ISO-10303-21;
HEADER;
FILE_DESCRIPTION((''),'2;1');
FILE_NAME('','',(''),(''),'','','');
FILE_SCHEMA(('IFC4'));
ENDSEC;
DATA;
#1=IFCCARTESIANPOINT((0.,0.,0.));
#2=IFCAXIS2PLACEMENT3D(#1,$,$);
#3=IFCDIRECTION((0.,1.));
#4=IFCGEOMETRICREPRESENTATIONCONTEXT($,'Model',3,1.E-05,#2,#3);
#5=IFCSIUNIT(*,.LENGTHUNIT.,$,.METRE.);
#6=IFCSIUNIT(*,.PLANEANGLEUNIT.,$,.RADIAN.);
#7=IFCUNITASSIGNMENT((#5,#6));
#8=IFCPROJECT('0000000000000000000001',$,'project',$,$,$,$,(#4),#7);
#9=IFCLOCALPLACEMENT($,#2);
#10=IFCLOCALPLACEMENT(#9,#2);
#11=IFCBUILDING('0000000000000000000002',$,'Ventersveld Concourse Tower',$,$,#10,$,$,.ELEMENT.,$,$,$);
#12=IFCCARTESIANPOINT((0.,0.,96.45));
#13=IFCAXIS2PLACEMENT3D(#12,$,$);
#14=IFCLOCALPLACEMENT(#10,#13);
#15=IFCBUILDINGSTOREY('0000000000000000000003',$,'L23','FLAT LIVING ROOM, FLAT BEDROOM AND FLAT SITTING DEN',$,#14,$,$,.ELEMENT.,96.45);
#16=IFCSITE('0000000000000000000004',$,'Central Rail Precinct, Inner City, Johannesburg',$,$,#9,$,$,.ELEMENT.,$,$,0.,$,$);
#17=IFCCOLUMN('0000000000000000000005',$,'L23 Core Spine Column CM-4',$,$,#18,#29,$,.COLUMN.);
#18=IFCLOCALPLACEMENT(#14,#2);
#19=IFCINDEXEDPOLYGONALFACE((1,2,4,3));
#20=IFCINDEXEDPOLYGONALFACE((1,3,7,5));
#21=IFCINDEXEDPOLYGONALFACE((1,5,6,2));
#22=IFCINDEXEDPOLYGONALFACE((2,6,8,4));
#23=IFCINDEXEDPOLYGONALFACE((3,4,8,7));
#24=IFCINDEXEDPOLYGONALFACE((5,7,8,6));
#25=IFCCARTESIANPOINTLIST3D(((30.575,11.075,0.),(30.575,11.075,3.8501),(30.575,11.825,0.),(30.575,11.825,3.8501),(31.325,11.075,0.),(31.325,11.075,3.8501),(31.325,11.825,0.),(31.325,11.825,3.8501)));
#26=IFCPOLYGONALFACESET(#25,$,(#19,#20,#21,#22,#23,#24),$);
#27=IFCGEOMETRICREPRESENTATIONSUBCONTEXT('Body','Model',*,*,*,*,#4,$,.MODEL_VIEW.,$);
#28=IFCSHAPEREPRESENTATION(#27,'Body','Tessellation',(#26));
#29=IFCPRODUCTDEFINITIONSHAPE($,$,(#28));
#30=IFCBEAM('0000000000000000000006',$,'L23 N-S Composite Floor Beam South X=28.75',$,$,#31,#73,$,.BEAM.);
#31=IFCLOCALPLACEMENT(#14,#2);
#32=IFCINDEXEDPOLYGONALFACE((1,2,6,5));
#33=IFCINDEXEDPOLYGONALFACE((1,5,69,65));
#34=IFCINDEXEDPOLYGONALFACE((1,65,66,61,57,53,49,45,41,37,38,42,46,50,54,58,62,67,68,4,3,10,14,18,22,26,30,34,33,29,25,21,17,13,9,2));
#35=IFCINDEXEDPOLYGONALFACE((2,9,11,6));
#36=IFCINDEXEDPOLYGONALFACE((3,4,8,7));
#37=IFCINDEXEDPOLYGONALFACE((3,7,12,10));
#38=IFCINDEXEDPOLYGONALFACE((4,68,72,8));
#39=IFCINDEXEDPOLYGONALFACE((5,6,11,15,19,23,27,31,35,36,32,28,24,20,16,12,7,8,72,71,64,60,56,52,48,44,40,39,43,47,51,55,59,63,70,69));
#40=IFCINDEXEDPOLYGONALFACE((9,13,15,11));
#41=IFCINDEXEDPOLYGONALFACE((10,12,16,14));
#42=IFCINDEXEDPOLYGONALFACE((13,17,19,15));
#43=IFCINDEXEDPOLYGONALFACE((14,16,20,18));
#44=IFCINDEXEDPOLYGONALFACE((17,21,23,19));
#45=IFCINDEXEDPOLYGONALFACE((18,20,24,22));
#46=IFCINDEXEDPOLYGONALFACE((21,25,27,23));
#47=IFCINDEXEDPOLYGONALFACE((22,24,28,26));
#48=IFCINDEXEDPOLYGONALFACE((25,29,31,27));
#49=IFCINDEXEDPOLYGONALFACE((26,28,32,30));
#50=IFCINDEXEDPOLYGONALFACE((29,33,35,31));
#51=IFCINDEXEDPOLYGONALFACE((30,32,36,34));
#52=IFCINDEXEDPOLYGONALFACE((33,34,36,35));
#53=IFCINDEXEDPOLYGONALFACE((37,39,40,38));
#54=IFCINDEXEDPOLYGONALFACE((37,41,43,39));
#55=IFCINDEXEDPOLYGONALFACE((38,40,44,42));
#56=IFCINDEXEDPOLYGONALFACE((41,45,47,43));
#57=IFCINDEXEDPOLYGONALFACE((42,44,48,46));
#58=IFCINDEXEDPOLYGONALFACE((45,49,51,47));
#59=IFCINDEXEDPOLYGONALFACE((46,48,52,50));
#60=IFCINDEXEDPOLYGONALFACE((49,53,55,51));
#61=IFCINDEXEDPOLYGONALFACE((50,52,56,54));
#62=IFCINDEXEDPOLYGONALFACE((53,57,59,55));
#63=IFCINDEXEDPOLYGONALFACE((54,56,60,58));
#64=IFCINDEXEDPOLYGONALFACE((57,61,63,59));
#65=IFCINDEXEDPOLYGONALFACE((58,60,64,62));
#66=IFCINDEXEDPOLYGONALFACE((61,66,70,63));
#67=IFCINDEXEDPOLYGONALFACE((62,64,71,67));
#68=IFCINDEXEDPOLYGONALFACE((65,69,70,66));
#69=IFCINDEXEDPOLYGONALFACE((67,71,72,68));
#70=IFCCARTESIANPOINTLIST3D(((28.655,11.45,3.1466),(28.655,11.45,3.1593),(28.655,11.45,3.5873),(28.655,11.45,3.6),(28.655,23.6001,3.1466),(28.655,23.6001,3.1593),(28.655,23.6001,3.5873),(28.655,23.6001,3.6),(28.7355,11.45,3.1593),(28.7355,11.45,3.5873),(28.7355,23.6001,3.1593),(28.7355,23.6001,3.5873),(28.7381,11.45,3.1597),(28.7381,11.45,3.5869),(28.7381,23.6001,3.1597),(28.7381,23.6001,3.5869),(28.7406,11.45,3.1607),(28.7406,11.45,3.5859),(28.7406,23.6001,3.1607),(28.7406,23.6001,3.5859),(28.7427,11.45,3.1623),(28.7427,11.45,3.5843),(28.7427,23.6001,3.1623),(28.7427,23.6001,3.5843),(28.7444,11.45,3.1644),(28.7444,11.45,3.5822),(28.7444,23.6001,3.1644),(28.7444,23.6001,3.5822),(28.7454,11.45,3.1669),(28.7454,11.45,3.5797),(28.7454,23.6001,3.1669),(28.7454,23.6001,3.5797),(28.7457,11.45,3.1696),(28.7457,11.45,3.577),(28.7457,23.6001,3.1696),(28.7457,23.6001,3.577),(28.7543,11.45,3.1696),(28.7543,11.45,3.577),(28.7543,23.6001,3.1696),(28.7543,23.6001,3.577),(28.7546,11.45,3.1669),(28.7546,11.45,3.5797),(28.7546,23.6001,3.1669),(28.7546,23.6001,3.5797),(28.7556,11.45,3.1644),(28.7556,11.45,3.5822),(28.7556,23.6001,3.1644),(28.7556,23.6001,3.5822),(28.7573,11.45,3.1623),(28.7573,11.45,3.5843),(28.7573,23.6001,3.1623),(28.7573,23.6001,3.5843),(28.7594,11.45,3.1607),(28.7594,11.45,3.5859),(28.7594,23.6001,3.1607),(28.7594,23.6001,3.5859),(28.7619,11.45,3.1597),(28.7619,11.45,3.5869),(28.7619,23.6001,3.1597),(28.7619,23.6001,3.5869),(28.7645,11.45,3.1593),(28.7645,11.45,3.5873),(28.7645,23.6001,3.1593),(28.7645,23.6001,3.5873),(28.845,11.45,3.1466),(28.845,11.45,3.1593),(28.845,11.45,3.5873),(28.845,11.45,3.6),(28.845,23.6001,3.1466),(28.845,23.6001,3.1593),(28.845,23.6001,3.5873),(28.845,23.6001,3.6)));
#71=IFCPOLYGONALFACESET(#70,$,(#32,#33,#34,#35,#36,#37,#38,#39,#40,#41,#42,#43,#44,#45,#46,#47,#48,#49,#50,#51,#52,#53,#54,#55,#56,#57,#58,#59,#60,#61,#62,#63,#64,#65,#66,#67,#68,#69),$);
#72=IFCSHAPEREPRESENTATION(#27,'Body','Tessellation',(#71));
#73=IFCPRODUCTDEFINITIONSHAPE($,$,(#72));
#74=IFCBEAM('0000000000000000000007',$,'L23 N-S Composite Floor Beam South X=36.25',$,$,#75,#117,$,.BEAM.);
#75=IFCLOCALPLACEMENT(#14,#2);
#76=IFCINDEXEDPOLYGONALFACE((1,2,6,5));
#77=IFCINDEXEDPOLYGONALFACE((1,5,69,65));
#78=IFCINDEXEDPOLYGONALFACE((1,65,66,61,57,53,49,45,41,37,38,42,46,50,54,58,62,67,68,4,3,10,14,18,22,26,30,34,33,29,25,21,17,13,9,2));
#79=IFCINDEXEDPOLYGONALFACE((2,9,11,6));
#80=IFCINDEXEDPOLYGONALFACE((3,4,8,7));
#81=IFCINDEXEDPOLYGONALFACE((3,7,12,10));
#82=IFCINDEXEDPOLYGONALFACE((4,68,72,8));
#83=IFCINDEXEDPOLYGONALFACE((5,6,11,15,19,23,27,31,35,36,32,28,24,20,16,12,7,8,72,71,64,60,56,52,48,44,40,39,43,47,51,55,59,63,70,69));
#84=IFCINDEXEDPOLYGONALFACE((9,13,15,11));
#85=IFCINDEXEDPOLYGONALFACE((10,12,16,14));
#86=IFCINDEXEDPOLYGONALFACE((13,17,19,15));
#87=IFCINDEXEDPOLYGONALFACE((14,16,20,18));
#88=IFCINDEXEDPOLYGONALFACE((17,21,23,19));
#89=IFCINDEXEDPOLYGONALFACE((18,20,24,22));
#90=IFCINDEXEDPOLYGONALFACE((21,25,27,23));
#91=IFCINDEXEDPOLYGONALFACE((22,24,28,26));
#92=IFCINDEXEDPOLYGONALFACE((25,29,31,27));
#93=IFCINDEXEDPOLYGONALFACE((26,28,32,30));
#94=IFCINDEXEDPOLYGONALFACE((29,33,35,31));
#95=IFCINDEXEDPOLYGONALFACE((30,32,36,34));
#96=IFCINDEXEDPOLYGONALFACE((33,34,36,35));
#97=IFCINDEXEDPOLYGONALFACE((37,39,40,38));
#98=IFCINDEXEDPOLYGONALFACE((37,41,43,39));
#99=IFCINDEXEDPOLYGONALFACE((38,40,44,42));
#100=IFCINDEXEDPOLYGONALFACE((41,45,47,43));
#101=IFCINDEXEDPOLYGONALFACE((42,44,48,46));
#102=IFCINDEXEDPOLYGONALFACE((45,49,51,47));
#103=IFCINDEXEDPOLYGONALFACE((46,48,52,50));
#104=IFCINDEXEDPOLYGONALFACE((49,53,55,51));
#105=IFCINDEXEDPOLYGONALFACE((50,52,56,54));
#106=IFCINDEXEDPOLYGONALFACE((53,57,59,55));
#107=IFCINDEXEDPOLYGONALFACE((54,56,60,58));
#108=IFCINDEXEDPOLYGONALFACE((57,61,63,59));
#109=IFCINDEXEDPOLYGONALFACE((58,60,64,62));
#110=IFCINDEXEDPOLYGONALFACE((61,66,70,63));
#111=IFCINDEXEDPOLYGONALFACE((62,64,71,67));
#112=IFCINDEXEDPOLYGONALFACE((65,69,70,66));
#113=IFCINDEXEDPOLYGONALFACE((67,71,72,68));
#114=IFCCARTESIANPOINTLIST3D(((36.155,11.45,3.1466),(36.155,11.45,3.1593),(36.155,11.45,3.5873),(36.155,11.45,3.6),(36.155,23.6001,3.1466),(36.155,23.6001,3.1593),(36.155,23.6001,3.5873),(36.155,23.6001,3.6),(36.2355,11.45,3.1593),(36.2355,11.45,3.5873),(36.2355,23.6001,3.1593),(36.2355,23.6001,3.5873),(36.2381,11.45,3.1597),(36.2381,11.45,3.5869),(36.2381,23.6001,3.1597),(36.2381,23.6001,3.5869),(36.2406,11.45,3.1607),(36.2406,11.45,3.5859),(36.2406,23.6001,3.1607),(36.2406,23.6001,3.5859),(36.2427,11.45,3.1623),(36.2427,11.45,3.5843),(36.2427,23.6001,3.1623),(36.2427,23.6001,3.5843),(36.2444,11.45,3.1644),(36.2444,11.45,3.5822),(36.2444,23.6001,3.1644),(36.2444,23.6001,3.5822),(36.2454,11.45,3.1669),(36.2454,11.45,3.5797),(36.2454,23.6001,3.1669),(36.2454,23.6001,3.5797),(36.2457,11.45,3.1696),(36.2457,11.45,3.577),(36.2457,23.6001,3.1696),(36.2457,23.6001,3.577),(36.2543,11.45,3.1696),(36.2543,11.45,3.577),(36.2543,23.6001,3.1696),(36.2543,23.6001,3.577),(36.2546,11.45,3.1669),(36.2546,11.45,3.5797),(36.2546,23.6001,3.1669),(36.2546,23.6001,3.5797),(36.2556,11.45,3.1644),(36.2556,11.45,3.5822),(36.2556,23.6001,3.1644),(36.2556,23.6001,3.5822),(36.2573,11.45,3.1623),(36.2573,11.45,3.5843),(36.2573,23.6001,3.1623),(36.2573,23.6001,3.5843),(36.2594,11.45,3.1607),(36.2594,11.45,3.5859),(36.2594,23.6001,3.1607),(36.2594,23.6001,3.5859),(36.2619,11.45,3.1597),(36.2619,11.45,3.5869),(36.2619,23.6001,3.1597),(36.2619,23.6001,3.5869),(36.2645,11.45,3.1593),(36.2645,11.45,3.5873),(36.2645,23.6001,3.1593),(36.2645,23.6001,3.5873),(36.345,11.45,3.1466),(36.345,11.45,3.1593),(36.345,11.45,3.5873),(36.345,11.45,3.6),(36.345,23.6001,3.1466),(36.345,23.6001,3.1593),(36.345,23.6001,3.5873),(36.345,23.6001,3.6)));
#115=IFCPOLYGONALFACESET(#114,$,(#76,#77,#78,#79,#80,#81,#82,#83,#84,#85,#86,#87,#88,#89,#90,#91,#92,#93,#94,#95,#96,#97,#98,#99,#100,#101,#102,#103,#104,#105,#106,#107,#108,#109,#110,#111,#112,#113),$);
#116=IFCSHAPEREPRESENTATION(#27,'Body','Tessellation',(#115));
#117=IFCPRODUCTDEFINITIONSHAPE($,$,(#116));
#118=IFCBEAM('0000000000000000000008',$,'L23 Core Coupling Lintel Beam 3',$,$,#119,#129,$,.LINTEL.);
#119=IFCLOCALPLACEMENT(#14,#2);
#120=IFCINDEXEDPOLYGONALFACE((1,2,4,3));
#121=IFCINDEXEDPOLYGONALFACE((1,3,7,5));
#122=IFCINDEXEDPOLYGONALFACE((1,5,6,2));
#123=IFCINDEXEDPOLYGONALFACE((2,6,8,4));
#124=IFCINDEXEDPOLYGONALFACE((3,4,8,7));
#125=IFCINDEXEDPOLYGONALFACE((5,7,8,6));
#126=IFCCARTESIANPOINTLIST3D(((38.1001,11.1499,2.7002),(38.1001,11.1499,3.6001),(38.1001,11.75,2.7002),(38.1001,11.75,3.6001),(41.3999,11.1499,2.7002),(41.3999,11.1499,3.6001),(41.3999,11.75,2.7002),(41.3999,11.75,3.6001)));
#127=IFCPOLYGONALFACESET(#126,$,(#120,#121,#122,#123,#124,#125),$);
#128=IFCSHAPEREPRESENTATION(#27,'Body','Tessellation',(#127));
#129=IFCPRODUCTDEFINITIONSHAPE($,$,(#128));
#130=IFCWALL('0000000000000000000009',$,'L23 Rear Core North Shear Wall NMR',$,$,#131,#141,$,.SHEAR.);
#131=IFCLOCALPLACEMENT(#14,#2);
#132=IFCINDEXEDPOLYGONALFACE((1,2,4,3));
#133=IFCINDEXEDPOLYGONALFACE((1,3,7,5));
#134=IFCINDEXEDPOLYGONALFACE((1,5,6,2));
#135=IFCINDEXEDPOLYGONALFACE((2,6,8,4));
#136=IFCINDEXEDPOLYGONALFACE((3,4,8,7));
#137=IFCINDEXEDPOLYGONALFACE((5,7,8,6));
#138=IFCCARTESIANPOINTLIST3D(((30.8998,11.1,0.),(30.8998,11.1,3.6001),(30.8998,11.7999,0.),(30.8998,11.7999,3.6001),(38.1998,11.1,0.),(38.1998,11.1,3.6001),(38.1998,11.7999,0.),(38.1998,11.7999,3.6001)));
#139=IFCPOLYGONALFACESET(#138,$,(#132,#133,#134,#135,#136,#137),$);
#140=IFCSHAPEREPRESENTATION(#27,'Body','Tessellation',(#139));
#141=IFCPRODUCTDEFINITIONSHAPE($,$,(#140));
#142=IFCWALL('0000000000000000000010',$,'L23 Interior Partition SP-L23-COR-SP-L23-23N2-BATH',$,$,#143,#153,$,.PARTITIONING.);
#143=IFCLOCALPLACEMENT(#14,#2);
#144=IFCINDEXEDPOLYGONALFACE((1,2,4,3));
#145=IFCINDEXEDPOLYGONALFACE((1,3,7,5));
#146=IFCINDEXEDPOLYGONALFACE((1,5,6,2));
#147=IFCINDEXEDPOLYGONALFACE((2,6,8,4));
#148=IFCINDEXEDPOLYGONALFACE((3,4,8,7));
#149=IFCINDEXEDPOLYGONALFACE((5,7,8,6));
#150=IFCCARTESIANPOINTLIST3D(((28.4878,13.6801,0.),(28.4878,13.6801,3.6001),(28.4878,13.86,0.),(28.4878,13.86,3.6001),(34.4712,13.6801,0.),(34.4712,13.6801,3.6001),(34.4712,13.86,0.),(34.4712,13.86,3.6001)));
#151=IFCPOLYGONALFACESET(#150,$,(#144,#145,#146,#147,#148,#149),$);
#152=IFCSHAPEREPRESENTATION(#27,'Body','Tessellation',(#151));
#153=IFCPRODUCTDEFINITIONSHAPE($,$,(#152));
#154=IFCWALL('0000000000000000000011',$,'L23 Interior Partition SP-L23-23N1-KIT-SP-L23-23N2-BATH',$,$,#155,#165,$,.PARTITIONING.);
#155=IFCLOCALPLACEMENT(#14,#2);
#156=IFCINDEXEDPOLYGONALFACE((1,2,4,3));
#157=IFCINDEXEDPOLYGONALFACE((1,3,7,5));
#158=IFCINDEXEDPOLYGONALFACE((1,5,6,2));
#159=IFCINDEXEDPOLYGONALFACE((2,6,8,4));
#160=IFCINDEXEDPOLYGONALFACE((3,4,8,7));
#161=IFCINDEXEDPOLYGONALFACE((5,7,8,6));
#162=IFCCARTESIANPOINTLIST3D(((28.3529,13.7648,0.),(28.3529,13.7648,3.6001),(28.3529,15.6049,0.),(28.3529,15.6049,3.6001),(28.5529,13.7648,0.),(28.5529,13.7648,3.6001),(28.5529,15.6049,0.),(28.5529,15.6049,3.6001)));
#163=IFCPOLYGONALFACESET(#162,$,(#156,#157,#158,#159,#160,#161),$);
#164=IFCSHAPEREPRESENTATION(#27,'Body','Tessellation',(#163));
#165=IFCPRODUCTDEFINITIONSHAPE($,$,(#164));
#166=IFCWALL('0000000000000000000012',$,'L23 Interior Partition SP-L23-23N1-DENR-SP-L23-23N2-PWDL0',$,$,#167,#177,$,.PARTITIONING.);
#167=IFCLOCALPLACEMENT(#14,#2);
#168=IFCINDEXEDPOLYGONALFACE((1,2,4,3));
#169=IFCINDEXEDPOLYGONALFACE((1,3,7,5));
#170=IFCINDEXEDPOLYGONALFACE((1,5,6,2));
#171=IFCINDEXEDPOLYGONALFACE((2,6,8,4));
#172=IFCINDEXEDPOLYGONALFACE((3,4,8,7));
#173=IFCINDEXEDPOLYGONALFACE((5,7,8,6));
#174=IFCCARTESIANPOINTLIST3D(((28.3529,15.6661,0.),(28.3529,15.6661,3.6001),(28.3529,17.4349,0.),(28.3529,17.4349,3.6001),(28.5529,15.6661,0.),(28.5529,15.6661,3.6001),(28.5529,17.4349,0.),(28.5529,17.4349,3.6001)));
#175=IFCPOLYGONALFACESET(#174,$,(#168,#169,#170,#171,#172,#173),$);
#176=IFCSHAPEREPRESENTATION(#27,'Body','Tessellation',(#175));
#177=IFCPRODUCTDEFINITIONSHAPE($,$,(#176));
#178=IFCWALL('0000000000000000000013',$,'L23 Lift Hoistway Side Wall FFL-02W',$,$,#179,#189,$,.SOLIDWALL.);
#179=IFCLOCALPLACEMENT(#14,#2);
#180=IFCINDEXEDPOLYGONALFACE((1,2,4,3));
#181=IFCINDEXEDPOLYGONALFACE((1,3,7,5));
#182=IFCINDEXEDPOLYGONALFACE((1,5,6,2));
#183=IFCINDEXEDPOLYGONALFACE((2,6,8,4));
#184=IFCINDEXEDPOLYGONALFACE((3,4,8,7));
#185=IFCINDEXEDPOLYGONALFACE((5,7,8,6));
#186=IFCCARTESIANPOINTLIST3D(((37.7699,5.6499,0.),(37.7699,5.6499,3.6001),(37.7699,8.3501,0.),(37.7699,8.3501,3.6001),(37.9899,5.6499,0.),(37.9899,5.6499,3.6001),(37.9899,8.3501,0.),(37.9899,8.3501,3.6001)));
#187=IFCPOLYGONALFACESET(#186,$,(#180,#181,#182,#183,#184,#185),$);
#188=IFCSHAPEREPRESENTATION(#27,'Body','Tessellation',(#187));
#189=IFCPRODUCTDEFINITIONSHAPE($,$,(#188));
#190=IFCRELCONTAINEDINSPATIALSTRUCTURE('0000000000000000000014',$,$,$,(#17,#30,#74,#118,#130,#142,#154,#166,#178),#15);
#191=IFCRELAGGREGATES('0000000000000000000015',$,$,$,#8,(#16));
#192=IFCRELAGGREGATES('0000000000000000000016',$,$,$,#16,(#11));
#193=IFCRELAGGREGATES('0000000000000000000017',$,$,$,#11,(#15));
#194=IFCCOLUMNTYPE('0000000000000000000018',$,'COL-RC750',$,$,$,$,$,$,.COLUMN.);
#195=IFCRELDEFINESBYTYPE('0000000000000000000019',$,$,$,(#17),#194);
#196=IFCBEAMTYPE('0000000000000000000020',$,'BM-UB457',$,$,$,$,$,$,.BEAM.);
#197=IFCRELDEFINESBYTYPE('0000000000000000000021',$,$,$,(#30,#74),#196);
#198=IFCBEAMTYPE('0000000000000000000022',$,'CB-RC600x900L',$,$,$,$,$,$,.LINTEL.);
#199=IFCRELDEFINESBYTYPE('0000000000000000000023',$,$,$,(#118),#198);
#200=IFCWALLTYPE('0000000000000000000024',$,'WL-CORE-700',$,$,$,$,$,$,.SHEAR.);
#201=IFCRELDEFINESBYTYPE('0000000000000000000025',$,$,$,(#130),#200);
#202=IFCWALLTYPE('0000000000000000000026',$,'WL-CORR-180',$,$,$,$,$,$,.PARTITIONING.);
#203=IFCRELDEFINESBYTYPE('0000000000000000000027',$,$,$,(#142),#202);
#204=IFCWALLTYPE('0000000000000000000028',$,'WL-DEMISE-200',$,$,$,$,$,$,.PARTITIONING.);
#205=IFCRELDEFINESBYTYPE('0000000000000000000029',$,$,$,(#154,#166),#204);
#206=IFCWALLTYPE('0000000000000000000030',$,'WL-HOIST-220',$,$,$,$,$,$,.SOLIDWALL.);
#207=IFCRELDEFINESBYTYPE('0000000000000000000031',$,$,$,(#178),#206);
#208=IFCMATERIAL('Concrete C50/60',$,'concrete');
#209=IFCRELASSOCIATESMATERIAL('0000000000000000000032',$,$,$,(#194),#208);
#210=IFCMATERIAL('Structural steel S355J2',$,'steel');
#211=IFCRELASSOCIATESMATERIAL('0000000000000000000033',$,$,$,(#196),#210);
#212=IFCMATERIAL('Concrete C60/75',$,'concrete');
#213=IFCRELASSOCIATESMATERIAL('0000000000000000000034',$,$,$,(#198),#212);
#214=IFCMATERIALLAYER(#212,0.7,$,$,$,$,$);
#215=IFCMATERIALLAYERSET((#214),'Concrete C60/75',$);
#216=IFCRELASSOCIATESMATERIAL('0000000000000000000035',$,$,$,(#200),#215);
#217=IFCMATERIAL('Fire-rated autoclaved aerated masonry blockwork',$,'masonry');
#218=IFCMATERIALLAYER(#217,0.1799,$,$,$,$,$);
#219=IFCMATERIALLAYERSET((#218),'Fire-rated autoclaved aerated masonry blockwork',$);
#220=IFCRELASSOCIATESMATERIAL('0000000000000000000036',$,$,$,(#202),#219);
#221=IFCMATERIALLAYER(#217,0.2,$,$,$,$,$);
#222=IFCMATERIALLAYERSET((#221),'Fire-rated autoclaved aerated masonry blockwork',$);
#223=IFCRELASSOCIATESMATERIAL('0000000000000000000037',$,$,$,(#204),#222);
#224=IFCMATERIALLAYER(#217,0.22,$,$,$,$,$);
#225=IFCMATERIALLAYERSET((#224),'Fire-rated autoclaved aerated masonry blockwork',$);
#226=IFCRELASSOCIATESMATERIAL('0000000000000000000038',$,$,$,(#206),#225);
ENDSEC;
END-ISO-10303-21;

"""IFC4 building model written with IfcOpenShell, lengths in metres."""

from ifc_helpers import new_model, si_unit, direction, frame, frame_2d, origin, origin_2d, place, context, subcontext, project, spatial, rectangle, i_section, extrude, material, layer, layer_set, material_profile, profile_set, type_object, element, save


model = new_model("IFC4")

# Units and contexts
model_context = context("Model", 3, precision=1e-05, world=origin(), true_north=direction((0.0, 1.0)))
body_context = subcontext(model_context, "Body", "Model", "MODEL_VIEW")
ifc_project = project(units=[si_unit("LENGTHUNIT", "METRE"), si_unit("PLANEANGLEUNIT", "RADIAN")], contexts=[model_context])

# Site, building, storey
site_placement = place(None, origin())
site = spatial("IfcSite", under=ifc_project, at=site_placement, Name="Central Rail Precinct, Inner City, Johannesburg", CompositionType="ELEMENT", RefElevation=0.0)
building_placement = place(site_placement, origin())
building = spatial("IfcBuilding", under=site, at=building_placement, Name="Ventersveld Concourse Tower", CompositionType="ELEMENT")
storey_placement = place(building_placement, frame((0.0, 0.0, 96.45)))
storey = spatial("IfcBuildingStorey", under=building, at=storey_placement, Name="L23", Description="FLAT LIVING ROOM, FLAT BEDROOM AND FLAT SITTING DEN", CompositionType="ELEMENT", Elevation=96.45)

# Column
ifc_material_1 = material(Name="Concrete C50/60", Category="concrete")
ifc_material_profile_1 = material_profile(ifc_material_1, rectangle(XDim=0.75, YDim=0.75, at=origin_2d()), Name="RC 750x750")
ifc_profile_set_1 = profile_set([ifc_material_profile_1], Name="Concrete C50/60")
column_type = type_object("IfcColumnType", Name="COL-RC750", PredefinedType="COLUMN", material=ifc_profile_set_1)
column_placement = place(storey_placement, frame((30.95, 11.45, 0.0), z_axis=(0.0, 0.0, 1.0), x_axis=(1.0, 0.0, 0.0)))
element("IfcColumn", 1, at=column_placement, inside=storey, type_object=column_type, Name="L23 Core Spine Column CM-4", PredefinedType="COLUMN", context=body_context, shape_type="SweptSolid", body=[
    extrude(rectangle(XDim=0.75, YDim=0.75, at=origin_2d()), origin(), (0.0, 0.0, 1.0), 3.8501),
])

# Beams
ifc_material_2 = material(Name="Structural steel S355J2", Category="steel")
ifc_material_profile_2 = material_profile(ifc_material_2, i_section(OverallWidth=0.1899, OverallDepth=0.4534, WebThickness=0.0085, FlangeThickness=0.0127, FilletRadius=0.0103, at=origin_2d()), Name="UB 457x191x67")
ifc_profile_set_2 = profile_set([ifc_material_profile_2], Name="Structural steel S355J2")
beam_type_1 = type_object("IfcBeamType", Name="BM-UB457", PredefinedType="BEAM", material=ifc_profile_set_2)
for number, where, z_axis, x_axis, name in (
    (2, (28.75, 11.45, 3.3733), (0.0, 1.0, 0.0), (-1.0, 0.0, 0.0), "L23 N-S Composite Floor Beam South X=28.75"),
    (3, (36.25, 11.45, 3.3733), (0.0, 1.0, 0.0), (-1.0, 0.0, 0.0), "L23 N-S Composite Floor Beam South X=36.25"),
):
    element("IfcBeam", number, at=place(storey_placement, frame(where, z_axis=z_axis, x_axis=x_axis)), inside=storey, type_object=beam_type_1, Name=name, PredefinedType="BEAM", context=body_context, shape_type="SweptSolid", body=[
        extrude(i_section(OverallWidth=0.1899, OverallDepth=0.4534, WebThickness=0.0085, FlangeThickness=0.0127, FilletRadius=0.0103, at=origin_2d()), origin(), (0.0, 0.0, 1.0), 12.1501),
    ])
ifc_material_3 = material(Name="Concrete C60/75", Category="concrete")
ifc_material_profile_3 = material_profile(ifc_material_3, rectangle(XDim=0.6001, YDim=0.8999, at=origin_2d()), Name="RC 600x900")
ifc_profile_set_3 = profile_set([ifc_material_profile_3], Name="Concrete C60/75")
beam_type_2 = type_object("IfcBeamType", Name="CB-RC600x900L", PredefinedType="LINTEL", material=ifc_profile_set_3)
beam_placement = place(storey_placement, frame((38.1001, 11.45, 3.1501), z_axis=(1.0, 0.0, 0.0), x_axis=(0.0, 1.0, 0.0)))
element("IfcBeam", 4, at=beam_placement, inside=storey, type_object=beam_type_2, Name="L23 Core Coupling Lintel Beam 3", PredefinedType="LINTEL", context=body_context, shape_type="SweptSolid", body=[
    extrude(rectangle(XDim=0.6001, YDim=0.8999, at=origin_2d()), origin(), (0.0, 0.0, 1.0), 3.2998),
])

# Wall
ifc_layer_1 = layer(ifc_material_3, 0.7)
ifc_layer_set_1 = layer_set([ifc_layer_1], Name="Concrete C60/75")
wall_type_1 = type_object("IfcWallType", Name="WL-CORE-700", PredefinedType="SHEAR", material=ifc_layer_set_1)
wall_1_placement = place(storey_placement, frame((30.8999, 11.45, 0.0), z_axis=(0.0, 0.0, 1.0), x_axis=(1.0, 0.0, 0.0)))
element("IfcWall", 5, at=wall_1_placement, inside=storey, type_object=wall_type_1, Name="L23 Rear Core North Shear Wall NMR", PredefinedType="SHEAR", context=body_context, shape_type="SweptSolid", body=[
    extrude(rectangle(XDim=7.3, YDim=0.7, at=frame_2d((3.6499, 0.0))), origin(), (0.0, 0.0, 1.0), 3.6001),
])

# Shared definitions
ifc_material_4 = material(Name="Fire-rated autoclaved aerated masonry blockwork", Category="masonry")
ifc_layer_2 = layer(ifc_material_4, 0.1799)
ifc_layer_set_2 = layer_set([ifc_layer_2], Name="Fire-rated autoclaved aerated masonry blockwork")
wall_type_2 = type_object("IfcWallType", Name="WL-CORR-180", PredefinedType="PARTITIONING", material=ifc_layer_set_2)

# Walls
wall_2_placement = place(storey_placement, frame((28.4878, 13.77, 0.0), z_axis=(0.0, 0.0, 1.0), x_axis=(1.0, 0.0, 0.0)))
element("IfcWall", 6, at=wall_2_placement, inside=storey, type_object=wall_type_2, Name="L23 Interior Partition SP-L23-COR-SP-L23-23N2-BATH", PredefinedType="PARTITIONING", context=body_context, shape_type="SweptSolid", body=[
    extrude(rectangle(XDim=5.9834, YDim=0.1799, at=frame_2d((2.9917, 0.0))), origin(), (0.0, 0.0, 1.0), 3.6001),
])
ifc_layer_3 = layer(ifc_material_4, 0.2)
ifc_layer_set_3 = layer_set([ifc_layer_3], Name="Fire-rated autoclaved aerated masonry blockwork")
wall_type_3 = type_object("IfcWallType", Name="WL-DEMISE-200", PredefinedType="PARTITIONING", material=ifc_layer_set_3)
wall_3_placement = place(storey_placement, frame((28.4529, 13.7649, 0.0), z_axis=(0.0, 0.0, 1.0), x_axis=(0.0, 1.0, 0.0)))
element("IfcWall", 7, at=wall_3_placement, inside=storey, type_object=wall_type_3, Name="L23 Interior Partition SP-L23-23N1-KIT-SP-L23-23N2-BATH", PredefinedType="PARTITIONING", context=body_context, shape_type="SweptSolid", body=[
    extrude(rectangle(XDim=1.8401, YDim=0.2, at=frame_2d((0.9199, 0.0))), origin(), (0.0, 0.0, 1.0), 3.6001),
])
wall_4_placement = place(storey_placement, frame((28.4529, 15.6663, 0.0), z_axis=(0.0, 0.0, 1.0), x_axis=(0.0, 1.0, 0.0)))
element("IfcWall", 8, at=wall_4_placement, inside=storey, type_object=wall_type_3, Name="L23 Interior Partition SP-L23-23N1-DENR-SP-L23-23N2-PWDL0", PredefinedType="PARTITIONING", context=body_context, shape_type="SweptSolid", body=[
    extrude(rectangle(XDim=1.7688, YDim=0.2, at=frame_2d((0.8843, 0.0))), origin(), (0.0, 0.0, 1.0), 3.6001),
])
ifc_layer_4 = layer(ifc_material_4, 0.22)
ifc_layer_set_4 = layer_set([ifc_layer_4], Name="Fire-rated autoclaved aerated masonry blockwork")
wall_type_4 = type_object("IfcWallType", Name="WL-HOIST-220", PredefinedType="SOLIDWALL", material=ifc_layer_set_4)
wall_5_placement = place(storey_placement, frame((37.8799, 5.6499, 0.0), z_axis=(0.0, 0.0, 1.0), x_axis=(0.0, 1.0, 0.0)))
element("IfcWall", 9, at=wall_5_placement, inside=storey, type_object=wall_type_4, Name="L23 Lift Hoistway Side Wall FFL-02W", PredefinedType="SOLIDWALL", context=body_context, shape_type="SweptSolid", body=[
    extrude(rectangle(XDim=2.7002, YDim=0.22, at=frame_2d((1.3501, 0.0))), origin(), (0.0, 0.0, 1.0), 3.6001),
])

save(model, "model.ifc")
